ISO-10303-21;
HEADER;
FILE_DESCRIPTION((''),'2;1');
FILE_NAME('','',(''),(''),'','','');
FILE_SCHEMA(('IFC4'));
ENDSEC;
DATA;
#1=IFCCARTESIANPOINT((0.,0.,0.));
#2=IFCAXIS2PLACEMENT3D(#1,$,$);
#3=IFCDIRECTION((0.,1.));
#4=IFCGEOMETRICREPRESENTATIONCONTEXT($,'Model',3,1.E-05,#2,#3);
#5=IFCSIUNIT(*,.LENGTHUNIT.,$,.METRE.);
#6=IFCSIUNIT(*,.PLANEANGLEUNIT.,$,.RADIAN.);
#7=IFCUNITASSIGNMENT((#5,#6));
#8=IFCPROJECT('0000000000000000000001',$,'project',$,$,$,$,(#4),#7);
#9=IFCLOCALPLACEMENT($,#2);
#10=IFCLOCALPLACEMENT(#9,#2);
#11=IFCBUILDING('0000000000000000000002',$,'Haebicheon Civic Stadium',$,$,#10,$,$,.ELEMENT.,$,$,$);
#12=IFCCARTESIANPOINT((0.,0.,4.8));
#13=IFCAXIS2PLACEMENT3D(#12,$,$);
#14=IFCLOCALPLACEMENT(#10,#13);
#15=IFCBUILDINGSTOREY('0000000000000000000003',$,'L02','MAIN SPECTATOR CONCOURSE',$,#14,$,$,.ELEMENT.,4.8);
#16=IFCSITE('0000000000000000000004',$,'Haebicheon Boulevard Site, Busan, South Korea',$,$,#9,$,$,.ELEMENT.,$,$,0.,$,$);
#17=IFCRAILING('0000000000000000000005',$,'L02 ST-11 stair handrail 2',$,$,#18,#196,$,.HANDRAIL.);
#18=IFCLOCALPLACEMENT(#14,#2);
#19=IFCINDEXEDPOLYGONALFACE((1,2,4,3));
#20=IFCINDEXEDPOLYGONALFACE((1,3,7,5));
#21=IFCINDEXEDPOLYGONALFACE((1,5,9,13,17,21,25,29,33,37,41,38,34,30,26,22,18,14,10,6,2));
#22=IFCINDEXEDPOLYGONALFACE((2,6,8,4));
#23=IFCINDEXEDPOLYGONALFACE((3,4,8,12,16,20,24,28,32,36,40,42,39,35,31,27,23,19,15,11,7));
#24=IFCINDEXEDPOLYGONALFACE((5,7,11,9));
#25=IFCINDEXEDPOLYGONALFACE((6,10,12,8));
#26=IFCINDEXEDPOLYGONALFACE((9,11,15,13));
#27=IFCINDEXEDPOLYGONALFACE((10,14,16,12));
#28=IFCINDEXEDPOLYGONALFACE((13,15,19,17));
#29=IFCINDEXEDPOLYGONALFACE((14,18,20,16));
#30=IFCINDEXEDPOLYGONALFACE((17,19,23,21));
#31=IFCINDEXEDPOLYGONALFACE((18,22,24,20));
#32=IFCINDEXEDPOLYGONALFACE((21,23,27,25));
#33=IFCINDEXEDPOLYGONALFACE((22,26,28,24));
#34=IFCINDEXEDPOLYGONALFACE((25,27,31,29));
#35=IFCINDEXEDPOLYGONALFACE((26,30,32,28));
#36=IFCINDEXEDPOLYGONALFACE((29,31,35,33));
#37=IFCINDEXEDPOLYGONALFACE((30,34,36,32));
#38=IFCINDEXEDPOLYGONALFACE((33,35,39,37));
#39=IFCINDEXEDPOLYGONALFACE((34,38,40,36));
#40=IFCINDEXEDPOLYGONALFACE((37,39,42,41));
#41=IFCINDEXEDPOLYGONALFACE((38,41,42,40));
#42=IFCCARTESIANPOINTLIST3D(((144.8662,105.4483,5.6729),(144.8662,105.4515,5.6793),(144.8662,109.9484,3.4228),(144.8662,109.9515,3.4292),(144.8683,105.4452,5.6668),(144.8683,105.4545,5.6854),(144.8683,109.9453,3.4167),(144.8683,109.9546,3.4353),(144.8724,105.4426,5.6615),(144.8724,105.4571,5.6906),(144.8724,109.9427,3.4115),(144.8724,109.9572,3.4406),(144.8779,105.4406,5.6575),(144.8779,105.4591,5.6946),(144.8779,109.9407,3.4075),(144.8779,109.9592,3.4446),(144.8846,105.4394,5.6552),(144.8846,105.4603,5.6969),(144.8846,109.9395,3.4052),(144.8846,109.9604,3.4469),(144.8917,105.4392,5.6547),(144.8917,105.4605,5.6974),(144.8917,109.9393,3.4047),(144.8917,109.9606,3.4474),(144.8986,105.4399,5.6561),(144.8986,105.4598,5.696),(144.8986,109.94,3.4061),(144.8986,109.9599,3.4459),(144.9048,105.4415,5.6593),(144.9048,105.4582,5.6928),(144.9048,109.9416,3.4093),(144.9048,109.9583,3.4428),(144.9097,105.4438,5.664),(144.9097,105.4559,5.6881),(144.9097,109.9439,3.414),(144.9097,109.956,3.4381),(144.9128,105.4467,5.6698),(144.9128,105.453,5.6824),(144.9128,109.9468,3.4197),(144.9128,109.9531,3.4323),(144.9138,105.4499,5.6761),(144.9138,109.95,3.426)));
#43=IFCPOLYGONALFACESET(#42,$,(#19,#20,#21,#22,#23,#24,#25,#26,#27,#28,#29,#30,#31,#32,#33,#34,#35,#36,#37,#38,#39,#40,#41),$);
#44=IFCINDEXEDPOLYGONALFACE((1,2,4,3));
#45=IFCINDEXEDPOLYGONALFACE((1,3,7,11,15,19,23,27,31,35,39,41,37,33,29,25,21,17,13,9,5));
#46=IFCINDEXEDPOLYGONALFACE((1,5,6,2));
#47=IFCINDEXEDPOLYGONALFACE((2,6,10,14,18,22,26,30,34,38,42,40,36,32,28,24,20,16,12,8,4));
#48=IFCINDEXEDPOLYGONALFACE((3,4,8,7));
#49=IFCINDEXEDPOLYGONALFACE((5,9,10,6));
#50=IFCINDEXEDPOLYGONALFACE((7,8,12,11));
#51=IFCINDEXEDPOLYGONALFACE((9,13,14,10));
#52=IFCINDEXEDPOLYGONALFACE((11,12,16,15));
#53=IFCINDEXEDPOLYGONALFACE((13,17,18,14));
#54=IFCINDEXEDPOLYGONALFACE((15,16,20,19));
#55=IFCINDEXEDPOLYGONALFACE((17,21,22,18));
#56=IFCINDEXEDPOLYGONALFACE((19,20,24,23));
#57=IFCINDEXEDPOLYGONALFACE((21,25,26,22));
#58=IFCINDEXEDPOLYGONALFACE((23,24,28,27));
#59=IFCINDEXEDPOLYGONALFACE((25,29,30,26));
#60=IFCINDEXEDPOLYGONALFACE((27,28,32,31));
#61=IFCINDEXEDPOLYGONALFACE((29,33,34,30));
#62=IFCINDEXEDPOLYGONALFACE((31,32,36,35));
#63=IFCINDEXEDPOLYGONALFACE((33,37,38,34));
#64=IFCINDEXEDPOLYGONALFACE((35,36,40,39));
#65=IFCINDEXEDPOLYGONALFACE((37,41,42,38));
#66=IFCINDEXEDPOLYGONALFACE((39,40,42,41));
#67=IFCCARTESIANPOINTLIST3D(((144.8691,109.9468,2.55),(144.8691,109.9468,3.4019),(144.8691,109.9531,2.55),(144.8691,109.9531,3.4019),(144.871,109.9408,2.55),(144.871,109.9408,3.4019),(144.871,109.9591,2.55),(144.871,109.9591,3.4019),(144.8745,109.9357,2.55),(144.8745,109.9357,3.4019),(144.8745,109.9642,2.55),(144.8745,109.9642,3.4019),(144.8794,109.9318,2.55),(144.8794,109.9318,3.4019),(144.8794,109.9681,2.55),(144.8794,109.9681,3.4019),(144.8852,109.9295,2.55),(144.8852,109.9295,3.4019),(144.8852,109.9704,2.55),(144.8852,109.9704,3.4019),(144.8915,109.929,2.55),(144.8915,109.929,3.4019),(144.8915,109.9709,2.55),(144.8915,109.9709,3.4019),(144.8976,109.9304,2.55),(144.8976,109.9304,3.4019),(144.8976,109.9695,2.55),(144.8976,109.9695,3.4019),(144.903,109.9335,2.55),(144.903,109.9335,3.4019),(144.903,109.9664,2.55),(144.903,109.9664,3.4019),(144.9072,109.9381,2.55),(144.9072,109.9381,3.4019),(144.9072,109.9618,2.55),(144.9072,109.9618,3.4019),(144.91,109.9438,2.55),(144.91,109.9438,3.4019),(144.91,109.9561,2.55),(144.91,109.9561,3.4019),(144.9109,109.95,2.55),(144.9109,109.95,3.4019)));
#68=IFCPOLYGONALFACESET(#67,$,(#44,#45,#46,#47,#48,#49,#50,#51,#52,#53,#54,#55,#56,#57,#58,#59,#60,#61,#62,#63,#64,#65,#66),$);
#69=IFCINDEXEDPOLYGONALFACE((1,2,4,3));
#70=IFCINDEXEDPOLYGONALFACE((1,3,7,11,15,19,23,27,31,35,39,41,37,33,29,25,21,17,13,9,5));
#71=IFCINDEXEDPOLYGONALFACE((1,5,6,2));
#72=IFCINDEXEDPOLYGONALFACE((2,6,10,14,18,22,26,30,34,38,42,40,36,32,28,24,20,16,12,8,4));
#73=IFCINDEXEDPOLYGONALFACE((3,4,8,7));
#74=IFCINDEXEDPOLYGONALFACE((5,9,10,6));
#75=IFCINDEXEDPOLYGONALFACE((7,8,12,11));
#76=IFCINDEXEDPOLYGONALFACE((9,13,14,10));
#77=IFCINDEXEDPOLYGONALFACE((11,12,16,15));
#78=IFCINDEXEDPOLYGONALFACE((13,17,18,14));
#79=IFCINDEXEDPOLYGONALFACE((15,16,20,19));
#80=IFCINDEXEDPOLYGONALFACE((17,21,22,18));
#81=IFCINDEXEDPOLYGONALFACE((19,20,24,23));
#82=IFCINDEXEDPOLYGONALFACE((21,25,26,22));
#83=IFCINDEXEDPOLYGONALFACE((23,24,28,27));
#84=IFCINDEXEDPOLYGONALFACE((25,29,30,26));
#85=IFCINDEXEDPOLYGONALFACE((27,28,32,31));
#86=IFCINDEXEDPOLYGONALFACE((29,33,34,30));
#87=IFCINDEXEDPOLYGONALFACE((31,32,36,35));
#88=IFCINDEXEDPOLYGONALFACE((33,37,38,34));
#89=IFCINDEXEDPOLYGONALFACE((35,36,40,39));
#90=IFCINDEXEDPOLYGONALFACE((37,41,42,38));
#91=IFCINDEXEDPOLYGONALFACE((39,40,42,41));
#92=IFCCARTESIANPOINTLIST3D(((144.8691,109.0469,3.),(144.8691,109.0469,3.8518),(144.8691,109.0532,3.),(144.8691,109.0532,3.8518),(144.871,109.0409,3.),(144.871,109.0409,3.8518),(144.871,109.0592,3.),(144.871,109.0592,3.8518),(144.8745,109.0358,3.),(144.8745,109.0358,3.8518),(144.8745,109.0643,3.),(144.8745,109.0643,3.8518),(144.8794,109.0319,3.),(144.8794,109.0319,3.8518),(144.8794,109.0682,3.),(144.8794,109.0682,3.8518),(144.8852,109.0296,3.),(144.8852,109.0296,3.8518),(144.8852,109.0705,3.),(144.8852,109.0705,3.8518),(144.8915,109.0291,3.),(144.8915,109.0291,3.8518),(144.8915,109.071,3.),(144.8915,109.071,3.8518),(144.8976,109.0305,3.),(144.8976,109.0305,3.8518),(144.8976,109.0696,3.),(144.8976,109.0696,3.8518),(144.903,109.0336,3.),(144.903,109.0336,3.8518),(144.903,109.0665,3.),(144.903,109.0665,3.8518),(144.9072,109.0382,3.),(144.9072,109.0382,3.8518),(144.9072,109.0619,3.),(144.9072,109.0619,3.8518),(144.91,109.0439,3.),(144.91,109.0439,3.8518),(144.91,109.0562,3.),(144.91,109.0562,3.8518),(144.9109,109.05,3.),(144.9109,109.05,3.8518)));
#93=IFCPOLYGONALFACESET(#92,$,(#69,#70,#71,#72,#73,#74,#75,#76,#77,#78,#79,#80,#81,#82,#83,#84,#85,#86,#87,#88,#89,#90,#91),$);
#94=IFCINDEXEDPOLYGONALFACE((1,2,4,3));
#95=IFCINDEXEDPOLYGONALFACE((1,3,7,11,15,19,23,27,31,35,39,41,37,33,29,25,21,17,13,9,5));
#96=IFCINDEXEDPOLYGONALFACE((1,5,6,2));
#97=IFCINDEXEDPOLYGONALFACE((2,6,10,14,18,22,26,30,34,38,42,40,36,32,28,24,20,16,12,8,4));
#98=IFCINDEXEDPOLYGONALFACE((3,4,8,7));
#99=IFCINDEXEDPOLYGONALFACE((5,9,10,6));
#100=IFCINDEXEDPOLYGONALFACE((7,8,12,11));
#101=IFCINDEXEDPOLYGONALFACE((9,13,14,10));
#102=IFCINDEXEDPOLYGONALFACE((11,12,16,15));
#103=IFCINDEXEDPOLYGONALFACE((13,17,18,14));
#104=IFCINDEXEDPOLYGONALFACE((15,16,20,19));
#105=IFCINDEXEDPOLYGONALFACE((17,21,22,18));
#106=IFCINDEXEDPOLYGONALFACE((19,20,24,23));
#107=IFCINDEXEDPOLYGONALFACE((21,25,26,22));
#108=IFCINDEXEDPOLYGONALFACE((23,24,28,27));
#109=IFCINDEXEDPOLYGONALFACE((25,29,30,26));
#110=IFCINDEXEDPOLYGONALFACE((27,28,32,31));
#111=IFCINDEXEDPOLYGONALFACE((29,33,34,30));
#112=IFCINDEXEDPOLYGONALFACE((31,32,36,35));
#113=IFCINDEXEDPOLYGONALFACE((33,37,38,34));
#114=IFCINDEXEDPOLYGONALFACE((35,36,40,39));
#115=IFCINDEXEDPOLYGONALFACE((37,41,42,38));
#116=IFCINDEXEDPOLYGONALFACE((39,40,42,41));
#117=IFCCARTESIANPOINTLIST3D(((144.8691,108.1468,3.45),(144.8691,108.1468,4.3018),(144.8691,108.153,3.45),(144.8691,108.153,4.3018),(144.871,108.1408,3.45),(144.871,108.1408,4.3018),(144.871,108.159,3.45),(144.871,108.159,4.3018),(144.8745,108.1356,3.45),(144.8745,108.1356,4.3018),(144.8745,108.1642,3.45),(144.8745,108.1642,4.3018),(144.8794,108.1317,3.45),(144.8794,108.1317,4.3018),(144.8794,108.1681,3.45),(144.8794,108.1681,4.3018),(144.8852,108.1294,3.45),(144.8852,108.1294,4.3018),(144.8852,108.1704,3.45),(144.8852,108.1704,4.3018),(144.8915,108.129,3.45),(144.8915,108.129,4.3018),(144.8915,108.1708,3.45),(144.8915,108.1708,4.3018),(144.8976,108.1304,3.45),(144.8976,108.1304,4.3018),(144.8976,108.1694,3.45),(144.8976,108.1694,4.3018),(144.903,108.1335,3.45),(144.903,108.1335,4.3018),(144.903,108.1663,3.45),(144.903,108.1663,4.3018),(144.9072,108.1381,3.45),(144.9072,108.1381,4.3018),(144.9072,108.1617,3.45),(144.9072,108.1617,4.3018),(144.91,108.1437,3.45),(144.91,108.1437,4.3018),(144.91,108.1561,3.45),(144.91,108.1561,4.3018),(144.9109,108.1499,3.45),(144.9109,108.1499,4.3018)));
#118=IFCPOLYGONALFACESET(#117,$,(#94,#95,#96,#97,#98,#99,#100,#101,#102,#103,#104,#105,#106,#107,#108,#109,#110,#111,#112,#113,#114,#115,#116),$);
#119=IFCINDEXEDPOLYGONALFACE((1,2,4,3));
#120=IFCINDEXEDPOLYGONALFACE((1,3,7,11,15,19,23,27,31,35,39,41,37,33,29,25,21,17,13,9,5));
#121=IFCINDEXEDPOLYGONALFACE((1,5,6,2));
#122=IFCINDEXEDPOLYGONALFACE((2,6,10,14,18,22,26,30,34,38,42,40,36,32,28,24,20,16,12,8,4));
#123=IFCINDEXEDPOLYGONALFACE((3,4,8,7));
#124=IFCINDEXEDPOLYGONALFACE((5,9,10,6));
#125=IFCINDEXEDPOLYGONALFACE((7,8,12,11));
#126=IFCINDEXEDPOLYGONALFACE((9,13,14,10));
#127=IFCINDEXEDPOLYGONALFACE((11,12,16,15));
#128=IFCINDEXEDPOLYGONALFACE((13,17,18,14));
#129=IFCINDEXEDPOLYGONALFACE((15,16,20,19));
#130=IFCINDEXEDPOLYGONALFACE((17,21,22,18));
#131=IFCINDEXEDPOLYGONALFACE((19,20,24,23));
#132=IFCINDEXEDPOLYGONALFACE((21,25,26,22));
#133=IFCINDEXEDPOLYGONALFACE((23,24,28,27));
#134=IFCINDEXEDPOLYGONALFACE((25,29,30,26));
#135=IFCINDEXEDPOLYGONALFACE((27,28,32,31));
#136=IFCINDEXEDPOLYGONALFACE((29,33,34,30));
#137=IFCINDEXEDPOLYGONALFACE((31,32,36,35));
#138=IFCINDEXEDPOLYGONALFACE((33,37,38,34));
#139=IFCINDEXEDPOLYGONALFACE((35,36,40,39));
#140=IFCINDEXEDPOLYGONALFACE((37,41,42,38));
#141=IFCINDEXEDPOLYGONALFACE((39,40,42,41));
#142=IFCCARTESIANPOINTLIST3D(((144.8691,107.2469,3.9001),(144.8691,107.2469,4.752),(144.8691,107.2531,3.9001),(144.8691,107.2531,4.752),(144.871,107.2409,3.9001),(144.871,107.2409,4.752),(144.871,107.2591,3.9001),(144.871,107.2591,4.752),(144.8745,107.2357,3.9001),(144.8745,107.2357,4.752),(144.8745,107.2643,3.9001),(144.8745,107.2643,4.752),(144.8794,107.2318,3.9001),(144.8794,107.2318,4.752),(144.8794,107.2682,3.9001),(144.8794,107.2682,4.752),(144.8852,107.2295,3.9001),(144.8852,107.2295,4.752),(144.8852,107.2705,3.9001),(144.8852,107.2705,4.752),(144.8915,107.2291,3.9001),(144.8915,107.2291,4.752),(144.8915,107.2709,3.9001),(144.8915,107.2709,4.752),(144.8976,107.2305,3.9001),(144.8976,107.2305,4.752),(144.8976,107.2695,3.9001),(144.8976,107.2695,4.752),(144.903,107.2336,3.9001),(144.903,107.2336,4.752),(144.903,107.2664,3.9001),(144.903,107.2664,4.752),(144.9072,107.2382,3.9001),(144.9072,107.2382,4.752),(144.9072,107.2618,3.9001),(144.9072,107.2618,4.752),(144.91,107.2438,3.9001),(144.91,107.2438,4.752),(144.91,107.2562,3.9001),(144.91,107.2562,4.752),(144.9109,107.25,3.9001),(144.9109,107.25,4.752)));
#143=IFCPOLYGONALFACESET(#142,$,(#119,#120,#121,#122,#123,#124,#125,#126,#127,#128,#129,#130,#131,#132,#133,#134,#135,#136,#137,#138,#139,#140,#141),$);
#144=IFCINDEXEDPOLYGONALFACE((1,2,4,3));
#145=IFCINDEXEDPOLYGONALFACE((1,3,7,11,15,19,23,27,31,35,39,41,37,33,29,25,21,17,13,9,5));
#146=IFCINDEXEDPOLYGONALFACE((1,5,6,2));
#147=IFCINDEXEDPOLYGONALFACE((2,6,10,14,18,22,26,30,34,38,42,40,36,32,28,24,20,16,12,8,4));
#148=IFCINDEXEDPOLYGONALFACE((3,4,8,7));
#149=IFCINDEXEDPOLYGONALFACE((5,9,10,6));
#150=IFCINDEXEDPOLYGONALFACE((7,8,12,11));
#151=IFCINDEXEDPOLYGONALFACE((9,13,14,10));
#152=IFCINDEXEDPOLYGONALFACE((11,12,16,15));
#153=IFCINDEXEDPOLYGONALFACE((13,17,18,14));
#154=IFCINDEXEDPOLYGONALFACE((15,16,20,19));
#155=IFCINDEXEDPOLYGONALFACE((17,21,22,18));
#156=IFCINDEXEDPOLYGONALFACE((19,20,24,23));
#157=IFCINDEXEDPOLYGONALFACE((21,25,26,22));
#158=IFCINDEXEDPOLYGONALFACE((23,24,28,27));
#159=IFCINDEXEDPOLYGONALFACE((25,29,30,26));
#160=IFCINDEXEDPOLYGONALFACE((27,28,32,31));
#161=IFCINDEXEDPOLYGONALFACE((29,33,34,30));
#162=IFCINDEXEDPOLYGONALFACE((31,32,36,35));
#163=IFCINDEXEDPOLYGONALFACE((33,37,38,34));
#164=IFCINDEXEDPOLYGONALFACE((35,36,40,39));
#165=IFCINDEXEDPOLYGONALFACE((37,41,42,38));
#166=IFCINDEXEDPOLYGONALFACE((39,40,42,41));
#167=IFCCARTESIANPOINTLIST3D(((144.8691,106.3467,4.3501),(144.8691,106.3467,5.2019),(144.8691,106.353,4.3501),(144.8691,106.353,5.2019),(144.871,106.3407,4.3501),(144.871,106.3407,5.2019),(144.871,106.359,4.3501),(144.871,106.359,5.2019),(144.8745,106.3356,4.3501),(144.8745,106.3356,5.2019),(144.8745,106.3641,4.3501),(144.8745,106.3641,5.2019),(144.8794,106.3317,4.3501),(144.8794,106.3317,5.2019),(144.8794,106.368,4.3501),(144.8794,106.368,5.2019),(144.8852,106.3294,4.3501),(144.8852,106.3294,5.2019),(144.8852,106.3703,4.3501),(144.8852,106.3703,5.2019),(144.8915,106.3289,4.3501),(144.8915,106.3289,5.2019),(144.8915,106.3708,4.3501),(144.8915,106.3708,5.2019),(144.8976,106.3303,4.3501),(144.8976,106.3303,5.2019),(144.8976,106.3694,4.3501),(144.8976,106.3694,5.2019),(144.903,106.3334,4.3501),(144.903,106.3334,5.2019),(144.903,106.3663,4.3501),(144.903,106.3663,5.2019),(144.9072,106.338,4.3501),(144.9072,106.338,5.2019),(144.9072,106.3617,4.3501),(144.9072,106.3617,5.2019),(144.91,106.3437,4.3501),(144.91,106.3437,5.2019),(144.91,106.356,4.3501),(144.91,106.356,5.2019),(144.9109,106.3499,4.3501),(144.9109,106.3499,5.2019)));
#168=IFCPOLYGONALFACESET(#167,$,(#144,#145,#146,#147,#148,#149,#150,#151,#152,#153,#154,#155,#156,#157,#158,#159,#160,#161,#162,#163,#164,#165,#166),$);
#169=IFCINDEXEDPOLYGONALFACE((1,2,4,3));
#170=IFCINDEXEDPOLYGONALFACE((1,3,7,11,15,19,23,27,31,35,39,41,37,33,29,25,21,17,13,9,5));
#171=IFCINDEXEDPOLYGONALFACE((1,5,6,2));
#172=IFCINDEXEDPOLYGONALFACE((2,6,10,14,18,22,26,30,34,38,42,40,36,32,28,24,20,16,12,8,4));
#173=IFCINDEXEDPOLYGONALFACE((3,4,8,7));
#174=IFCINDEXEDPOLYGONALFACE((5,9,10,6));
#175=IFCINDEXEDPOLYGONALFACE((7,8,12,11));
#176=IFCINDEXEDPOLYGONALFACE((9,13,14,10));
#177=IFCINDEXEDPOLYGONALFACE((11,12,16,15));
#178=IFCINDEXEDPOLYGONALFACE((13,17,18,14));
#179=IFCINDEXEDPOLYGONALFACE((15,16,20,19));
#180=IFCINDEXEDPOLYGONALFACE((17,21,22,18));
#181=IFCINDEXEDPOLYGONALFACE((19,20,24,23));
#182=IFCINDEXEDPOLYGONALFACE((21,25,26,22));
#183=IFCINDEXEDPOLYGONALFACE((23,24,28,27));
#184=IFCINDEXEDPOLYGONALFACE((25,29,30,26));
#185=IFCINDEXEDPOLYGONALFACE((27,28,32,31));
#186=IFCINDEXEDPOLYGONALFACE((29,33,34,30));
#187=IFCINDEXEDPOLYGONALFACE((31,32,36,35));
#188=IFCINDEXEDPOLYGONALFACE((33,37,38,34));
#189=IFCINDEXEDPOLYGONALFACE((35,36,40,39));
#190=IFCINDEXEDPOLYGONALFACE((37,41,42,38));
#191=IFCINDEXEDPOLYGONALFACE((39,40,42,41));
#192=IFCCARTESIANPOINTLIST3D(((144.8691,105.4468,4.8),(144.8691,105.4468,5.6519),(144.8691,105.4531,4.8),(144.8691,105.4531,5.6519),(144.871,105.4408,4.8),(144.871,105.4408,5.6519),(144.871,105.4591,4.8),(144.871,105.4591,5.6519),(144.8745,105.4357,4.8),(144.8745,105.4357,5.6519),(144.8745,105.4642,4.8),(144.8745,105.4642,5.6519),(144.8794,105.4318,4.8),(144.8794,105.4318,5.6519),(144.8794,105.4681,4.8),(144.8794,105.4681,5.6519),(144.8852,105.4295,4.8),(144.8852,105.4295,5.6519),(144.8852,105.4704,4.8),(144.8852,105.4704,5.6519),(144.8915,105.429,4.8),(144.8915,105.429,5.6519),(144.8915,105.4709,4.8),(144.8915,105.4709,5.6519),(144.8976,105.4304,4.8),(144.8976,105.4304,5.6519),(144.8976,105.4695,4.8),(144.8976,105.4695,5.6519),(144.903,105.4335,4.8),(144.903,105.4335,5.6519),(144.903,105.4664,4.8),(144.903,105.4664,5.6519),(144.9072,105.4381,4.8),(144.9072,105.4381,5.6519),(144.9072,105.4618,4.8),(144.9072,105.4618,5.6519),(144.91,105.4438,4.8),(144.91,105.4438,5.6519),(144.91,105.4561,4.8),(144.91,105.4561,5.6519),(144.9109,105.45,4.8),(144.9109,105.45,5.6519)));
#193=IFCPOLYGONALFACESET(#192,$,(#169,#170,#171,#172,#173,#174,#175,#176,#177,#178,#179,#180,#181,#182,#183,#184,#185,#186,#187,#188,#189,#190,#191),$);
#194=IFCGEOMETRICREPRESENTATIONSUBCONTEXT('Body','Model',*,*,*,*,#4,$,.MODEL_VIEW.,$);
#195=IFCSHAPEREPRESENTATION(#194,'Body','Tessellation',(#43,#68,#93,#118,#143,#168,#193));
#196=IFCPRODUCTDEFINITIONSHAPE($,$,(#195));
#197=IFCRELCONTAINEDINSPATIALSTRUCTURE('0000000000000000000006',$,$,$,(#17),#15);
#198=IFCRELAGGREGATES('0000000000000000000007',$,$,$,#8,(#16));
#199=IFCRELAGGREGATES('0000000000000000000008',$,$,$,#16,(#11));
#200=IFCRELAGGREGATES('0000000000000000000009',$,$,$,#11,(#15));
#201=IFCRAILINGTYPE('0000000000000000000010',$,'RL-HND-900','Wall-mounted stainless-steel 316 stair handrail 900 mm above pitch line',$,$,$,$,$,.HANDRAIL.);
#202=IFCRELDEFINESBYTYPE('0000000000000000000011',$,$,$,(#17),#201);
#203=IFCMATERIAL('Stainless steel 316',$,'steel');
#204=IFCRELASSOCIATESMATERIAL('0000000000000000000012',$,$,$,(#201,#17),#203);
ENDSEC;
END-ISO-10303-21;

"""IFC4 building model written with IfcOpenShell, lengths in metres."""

from ifc_helpers import new_model, si_unit, direction, frame, origin, origin_2d, place, context, subcontext, project, spatial, circle, extrude, material, type_object, element, save


model = new_model("IFC4")

# Units and contexts
model_context = context("Model", 3, precision=1e-05, world=origin(), true_north=direction((0.0, 1.0)))
body_context = subcontext(model_context, "Body", "Model", "MODEL_VIEW")
ifc_project = project(units=[si_unit("LENGTHUNIT", "METRE"), si_unit("PLANEANGLEUNIT", "RADIAN")], contexts=[model_context])

# Site, building, storey
site_placement = place(None, origin())
site = spatial("IfcSite", under=ifc_project, at=site_placement, Name="Haebicheon Boulevard Site, Busan, South Korea", CompositionType="ELEMENT", RefElevation=0.0)
building_placement = place(site_placement, origin())
building = spatial("IfcBuilding", under=site, at=building_placement, Name="Haebicheon Civic Stadium", CompositionType="ELEMENT")
storey_placement = place(building_placement, frame((0.0, 0.0, 4.8)))
storey = spatial("IfcBuildingStorey", under=building, at=storey_placement, Name="L02", Description="MAIN SPECTATOR CONCOURSE", CompositionType="ELEMENT", Elevation=4.8)

# Railing
ifc_material_1 = material(Name="Stainless steel 316", Category="steel")
railing_type_1 = type_object("IfcRailingType", Name="RL-HND-900", Description="Wall-mounted stainless-steel 316 stair handrail 900 mm above pitch line", PredefinedType="HANDRAIL", material=ifc_material_1)
railing_1_placement = place(storey_placement, frame((144.8899, 109.95, 2.55)))
element("IfcRailing", 1, at=railing_1_placement, inside=storey, type_object=railing_type_1, material=ifc_material_1, Name="L02 ST-11 stair handrail 2", PredefinedType="HANDRAIL", context=body_context, shape_type="SweptSolid", body=[
    extrude(circle(Radius=0.0239, at=origin_2d()), frame((0.0, 0.0, 0.876), z_axis=(0.0, -0.894427, 0.447214), x_axis=(1.0, 0.0, 0.0)), (0.0, 0.0, 1.0), 5.0312),
    extrude(circle(Radius=0.021, at=origin_2d()), origin(), (0.0, 0.0, 1.0), 0.8518),
    extrude(circle(Radius=0.021, at=origin_2d()), frame((0.0, -0.8999, 0.45)), (0.0, 0.0, 1.0), 0.8518),
    extrude(circle(Radius=0.021, at=origin_2d()), frame((0.0, -1.8, 0.8999)), (0.0, 0.0, 1.0), 0.8518),
    extrude(circle(Radius=0.021, at=origin_2d()), frame((0.0, -2.7, 1.3501)), (0.0, 0.0, 1.0), 0.8518),
    extrude(circle(Radius=0.021, at=origin_2d()), frame((0.0, -3.6001, 1.8)), (0.0, 0.0, 1.0), 0.8518),
    extrude(circle(Radius=0.021, at=origin_2d()), frame((0.0, -4.5, 2.25)), (0.0, 0.0, 1.0), 0.8518),
])

save(model, "model.ifc")
